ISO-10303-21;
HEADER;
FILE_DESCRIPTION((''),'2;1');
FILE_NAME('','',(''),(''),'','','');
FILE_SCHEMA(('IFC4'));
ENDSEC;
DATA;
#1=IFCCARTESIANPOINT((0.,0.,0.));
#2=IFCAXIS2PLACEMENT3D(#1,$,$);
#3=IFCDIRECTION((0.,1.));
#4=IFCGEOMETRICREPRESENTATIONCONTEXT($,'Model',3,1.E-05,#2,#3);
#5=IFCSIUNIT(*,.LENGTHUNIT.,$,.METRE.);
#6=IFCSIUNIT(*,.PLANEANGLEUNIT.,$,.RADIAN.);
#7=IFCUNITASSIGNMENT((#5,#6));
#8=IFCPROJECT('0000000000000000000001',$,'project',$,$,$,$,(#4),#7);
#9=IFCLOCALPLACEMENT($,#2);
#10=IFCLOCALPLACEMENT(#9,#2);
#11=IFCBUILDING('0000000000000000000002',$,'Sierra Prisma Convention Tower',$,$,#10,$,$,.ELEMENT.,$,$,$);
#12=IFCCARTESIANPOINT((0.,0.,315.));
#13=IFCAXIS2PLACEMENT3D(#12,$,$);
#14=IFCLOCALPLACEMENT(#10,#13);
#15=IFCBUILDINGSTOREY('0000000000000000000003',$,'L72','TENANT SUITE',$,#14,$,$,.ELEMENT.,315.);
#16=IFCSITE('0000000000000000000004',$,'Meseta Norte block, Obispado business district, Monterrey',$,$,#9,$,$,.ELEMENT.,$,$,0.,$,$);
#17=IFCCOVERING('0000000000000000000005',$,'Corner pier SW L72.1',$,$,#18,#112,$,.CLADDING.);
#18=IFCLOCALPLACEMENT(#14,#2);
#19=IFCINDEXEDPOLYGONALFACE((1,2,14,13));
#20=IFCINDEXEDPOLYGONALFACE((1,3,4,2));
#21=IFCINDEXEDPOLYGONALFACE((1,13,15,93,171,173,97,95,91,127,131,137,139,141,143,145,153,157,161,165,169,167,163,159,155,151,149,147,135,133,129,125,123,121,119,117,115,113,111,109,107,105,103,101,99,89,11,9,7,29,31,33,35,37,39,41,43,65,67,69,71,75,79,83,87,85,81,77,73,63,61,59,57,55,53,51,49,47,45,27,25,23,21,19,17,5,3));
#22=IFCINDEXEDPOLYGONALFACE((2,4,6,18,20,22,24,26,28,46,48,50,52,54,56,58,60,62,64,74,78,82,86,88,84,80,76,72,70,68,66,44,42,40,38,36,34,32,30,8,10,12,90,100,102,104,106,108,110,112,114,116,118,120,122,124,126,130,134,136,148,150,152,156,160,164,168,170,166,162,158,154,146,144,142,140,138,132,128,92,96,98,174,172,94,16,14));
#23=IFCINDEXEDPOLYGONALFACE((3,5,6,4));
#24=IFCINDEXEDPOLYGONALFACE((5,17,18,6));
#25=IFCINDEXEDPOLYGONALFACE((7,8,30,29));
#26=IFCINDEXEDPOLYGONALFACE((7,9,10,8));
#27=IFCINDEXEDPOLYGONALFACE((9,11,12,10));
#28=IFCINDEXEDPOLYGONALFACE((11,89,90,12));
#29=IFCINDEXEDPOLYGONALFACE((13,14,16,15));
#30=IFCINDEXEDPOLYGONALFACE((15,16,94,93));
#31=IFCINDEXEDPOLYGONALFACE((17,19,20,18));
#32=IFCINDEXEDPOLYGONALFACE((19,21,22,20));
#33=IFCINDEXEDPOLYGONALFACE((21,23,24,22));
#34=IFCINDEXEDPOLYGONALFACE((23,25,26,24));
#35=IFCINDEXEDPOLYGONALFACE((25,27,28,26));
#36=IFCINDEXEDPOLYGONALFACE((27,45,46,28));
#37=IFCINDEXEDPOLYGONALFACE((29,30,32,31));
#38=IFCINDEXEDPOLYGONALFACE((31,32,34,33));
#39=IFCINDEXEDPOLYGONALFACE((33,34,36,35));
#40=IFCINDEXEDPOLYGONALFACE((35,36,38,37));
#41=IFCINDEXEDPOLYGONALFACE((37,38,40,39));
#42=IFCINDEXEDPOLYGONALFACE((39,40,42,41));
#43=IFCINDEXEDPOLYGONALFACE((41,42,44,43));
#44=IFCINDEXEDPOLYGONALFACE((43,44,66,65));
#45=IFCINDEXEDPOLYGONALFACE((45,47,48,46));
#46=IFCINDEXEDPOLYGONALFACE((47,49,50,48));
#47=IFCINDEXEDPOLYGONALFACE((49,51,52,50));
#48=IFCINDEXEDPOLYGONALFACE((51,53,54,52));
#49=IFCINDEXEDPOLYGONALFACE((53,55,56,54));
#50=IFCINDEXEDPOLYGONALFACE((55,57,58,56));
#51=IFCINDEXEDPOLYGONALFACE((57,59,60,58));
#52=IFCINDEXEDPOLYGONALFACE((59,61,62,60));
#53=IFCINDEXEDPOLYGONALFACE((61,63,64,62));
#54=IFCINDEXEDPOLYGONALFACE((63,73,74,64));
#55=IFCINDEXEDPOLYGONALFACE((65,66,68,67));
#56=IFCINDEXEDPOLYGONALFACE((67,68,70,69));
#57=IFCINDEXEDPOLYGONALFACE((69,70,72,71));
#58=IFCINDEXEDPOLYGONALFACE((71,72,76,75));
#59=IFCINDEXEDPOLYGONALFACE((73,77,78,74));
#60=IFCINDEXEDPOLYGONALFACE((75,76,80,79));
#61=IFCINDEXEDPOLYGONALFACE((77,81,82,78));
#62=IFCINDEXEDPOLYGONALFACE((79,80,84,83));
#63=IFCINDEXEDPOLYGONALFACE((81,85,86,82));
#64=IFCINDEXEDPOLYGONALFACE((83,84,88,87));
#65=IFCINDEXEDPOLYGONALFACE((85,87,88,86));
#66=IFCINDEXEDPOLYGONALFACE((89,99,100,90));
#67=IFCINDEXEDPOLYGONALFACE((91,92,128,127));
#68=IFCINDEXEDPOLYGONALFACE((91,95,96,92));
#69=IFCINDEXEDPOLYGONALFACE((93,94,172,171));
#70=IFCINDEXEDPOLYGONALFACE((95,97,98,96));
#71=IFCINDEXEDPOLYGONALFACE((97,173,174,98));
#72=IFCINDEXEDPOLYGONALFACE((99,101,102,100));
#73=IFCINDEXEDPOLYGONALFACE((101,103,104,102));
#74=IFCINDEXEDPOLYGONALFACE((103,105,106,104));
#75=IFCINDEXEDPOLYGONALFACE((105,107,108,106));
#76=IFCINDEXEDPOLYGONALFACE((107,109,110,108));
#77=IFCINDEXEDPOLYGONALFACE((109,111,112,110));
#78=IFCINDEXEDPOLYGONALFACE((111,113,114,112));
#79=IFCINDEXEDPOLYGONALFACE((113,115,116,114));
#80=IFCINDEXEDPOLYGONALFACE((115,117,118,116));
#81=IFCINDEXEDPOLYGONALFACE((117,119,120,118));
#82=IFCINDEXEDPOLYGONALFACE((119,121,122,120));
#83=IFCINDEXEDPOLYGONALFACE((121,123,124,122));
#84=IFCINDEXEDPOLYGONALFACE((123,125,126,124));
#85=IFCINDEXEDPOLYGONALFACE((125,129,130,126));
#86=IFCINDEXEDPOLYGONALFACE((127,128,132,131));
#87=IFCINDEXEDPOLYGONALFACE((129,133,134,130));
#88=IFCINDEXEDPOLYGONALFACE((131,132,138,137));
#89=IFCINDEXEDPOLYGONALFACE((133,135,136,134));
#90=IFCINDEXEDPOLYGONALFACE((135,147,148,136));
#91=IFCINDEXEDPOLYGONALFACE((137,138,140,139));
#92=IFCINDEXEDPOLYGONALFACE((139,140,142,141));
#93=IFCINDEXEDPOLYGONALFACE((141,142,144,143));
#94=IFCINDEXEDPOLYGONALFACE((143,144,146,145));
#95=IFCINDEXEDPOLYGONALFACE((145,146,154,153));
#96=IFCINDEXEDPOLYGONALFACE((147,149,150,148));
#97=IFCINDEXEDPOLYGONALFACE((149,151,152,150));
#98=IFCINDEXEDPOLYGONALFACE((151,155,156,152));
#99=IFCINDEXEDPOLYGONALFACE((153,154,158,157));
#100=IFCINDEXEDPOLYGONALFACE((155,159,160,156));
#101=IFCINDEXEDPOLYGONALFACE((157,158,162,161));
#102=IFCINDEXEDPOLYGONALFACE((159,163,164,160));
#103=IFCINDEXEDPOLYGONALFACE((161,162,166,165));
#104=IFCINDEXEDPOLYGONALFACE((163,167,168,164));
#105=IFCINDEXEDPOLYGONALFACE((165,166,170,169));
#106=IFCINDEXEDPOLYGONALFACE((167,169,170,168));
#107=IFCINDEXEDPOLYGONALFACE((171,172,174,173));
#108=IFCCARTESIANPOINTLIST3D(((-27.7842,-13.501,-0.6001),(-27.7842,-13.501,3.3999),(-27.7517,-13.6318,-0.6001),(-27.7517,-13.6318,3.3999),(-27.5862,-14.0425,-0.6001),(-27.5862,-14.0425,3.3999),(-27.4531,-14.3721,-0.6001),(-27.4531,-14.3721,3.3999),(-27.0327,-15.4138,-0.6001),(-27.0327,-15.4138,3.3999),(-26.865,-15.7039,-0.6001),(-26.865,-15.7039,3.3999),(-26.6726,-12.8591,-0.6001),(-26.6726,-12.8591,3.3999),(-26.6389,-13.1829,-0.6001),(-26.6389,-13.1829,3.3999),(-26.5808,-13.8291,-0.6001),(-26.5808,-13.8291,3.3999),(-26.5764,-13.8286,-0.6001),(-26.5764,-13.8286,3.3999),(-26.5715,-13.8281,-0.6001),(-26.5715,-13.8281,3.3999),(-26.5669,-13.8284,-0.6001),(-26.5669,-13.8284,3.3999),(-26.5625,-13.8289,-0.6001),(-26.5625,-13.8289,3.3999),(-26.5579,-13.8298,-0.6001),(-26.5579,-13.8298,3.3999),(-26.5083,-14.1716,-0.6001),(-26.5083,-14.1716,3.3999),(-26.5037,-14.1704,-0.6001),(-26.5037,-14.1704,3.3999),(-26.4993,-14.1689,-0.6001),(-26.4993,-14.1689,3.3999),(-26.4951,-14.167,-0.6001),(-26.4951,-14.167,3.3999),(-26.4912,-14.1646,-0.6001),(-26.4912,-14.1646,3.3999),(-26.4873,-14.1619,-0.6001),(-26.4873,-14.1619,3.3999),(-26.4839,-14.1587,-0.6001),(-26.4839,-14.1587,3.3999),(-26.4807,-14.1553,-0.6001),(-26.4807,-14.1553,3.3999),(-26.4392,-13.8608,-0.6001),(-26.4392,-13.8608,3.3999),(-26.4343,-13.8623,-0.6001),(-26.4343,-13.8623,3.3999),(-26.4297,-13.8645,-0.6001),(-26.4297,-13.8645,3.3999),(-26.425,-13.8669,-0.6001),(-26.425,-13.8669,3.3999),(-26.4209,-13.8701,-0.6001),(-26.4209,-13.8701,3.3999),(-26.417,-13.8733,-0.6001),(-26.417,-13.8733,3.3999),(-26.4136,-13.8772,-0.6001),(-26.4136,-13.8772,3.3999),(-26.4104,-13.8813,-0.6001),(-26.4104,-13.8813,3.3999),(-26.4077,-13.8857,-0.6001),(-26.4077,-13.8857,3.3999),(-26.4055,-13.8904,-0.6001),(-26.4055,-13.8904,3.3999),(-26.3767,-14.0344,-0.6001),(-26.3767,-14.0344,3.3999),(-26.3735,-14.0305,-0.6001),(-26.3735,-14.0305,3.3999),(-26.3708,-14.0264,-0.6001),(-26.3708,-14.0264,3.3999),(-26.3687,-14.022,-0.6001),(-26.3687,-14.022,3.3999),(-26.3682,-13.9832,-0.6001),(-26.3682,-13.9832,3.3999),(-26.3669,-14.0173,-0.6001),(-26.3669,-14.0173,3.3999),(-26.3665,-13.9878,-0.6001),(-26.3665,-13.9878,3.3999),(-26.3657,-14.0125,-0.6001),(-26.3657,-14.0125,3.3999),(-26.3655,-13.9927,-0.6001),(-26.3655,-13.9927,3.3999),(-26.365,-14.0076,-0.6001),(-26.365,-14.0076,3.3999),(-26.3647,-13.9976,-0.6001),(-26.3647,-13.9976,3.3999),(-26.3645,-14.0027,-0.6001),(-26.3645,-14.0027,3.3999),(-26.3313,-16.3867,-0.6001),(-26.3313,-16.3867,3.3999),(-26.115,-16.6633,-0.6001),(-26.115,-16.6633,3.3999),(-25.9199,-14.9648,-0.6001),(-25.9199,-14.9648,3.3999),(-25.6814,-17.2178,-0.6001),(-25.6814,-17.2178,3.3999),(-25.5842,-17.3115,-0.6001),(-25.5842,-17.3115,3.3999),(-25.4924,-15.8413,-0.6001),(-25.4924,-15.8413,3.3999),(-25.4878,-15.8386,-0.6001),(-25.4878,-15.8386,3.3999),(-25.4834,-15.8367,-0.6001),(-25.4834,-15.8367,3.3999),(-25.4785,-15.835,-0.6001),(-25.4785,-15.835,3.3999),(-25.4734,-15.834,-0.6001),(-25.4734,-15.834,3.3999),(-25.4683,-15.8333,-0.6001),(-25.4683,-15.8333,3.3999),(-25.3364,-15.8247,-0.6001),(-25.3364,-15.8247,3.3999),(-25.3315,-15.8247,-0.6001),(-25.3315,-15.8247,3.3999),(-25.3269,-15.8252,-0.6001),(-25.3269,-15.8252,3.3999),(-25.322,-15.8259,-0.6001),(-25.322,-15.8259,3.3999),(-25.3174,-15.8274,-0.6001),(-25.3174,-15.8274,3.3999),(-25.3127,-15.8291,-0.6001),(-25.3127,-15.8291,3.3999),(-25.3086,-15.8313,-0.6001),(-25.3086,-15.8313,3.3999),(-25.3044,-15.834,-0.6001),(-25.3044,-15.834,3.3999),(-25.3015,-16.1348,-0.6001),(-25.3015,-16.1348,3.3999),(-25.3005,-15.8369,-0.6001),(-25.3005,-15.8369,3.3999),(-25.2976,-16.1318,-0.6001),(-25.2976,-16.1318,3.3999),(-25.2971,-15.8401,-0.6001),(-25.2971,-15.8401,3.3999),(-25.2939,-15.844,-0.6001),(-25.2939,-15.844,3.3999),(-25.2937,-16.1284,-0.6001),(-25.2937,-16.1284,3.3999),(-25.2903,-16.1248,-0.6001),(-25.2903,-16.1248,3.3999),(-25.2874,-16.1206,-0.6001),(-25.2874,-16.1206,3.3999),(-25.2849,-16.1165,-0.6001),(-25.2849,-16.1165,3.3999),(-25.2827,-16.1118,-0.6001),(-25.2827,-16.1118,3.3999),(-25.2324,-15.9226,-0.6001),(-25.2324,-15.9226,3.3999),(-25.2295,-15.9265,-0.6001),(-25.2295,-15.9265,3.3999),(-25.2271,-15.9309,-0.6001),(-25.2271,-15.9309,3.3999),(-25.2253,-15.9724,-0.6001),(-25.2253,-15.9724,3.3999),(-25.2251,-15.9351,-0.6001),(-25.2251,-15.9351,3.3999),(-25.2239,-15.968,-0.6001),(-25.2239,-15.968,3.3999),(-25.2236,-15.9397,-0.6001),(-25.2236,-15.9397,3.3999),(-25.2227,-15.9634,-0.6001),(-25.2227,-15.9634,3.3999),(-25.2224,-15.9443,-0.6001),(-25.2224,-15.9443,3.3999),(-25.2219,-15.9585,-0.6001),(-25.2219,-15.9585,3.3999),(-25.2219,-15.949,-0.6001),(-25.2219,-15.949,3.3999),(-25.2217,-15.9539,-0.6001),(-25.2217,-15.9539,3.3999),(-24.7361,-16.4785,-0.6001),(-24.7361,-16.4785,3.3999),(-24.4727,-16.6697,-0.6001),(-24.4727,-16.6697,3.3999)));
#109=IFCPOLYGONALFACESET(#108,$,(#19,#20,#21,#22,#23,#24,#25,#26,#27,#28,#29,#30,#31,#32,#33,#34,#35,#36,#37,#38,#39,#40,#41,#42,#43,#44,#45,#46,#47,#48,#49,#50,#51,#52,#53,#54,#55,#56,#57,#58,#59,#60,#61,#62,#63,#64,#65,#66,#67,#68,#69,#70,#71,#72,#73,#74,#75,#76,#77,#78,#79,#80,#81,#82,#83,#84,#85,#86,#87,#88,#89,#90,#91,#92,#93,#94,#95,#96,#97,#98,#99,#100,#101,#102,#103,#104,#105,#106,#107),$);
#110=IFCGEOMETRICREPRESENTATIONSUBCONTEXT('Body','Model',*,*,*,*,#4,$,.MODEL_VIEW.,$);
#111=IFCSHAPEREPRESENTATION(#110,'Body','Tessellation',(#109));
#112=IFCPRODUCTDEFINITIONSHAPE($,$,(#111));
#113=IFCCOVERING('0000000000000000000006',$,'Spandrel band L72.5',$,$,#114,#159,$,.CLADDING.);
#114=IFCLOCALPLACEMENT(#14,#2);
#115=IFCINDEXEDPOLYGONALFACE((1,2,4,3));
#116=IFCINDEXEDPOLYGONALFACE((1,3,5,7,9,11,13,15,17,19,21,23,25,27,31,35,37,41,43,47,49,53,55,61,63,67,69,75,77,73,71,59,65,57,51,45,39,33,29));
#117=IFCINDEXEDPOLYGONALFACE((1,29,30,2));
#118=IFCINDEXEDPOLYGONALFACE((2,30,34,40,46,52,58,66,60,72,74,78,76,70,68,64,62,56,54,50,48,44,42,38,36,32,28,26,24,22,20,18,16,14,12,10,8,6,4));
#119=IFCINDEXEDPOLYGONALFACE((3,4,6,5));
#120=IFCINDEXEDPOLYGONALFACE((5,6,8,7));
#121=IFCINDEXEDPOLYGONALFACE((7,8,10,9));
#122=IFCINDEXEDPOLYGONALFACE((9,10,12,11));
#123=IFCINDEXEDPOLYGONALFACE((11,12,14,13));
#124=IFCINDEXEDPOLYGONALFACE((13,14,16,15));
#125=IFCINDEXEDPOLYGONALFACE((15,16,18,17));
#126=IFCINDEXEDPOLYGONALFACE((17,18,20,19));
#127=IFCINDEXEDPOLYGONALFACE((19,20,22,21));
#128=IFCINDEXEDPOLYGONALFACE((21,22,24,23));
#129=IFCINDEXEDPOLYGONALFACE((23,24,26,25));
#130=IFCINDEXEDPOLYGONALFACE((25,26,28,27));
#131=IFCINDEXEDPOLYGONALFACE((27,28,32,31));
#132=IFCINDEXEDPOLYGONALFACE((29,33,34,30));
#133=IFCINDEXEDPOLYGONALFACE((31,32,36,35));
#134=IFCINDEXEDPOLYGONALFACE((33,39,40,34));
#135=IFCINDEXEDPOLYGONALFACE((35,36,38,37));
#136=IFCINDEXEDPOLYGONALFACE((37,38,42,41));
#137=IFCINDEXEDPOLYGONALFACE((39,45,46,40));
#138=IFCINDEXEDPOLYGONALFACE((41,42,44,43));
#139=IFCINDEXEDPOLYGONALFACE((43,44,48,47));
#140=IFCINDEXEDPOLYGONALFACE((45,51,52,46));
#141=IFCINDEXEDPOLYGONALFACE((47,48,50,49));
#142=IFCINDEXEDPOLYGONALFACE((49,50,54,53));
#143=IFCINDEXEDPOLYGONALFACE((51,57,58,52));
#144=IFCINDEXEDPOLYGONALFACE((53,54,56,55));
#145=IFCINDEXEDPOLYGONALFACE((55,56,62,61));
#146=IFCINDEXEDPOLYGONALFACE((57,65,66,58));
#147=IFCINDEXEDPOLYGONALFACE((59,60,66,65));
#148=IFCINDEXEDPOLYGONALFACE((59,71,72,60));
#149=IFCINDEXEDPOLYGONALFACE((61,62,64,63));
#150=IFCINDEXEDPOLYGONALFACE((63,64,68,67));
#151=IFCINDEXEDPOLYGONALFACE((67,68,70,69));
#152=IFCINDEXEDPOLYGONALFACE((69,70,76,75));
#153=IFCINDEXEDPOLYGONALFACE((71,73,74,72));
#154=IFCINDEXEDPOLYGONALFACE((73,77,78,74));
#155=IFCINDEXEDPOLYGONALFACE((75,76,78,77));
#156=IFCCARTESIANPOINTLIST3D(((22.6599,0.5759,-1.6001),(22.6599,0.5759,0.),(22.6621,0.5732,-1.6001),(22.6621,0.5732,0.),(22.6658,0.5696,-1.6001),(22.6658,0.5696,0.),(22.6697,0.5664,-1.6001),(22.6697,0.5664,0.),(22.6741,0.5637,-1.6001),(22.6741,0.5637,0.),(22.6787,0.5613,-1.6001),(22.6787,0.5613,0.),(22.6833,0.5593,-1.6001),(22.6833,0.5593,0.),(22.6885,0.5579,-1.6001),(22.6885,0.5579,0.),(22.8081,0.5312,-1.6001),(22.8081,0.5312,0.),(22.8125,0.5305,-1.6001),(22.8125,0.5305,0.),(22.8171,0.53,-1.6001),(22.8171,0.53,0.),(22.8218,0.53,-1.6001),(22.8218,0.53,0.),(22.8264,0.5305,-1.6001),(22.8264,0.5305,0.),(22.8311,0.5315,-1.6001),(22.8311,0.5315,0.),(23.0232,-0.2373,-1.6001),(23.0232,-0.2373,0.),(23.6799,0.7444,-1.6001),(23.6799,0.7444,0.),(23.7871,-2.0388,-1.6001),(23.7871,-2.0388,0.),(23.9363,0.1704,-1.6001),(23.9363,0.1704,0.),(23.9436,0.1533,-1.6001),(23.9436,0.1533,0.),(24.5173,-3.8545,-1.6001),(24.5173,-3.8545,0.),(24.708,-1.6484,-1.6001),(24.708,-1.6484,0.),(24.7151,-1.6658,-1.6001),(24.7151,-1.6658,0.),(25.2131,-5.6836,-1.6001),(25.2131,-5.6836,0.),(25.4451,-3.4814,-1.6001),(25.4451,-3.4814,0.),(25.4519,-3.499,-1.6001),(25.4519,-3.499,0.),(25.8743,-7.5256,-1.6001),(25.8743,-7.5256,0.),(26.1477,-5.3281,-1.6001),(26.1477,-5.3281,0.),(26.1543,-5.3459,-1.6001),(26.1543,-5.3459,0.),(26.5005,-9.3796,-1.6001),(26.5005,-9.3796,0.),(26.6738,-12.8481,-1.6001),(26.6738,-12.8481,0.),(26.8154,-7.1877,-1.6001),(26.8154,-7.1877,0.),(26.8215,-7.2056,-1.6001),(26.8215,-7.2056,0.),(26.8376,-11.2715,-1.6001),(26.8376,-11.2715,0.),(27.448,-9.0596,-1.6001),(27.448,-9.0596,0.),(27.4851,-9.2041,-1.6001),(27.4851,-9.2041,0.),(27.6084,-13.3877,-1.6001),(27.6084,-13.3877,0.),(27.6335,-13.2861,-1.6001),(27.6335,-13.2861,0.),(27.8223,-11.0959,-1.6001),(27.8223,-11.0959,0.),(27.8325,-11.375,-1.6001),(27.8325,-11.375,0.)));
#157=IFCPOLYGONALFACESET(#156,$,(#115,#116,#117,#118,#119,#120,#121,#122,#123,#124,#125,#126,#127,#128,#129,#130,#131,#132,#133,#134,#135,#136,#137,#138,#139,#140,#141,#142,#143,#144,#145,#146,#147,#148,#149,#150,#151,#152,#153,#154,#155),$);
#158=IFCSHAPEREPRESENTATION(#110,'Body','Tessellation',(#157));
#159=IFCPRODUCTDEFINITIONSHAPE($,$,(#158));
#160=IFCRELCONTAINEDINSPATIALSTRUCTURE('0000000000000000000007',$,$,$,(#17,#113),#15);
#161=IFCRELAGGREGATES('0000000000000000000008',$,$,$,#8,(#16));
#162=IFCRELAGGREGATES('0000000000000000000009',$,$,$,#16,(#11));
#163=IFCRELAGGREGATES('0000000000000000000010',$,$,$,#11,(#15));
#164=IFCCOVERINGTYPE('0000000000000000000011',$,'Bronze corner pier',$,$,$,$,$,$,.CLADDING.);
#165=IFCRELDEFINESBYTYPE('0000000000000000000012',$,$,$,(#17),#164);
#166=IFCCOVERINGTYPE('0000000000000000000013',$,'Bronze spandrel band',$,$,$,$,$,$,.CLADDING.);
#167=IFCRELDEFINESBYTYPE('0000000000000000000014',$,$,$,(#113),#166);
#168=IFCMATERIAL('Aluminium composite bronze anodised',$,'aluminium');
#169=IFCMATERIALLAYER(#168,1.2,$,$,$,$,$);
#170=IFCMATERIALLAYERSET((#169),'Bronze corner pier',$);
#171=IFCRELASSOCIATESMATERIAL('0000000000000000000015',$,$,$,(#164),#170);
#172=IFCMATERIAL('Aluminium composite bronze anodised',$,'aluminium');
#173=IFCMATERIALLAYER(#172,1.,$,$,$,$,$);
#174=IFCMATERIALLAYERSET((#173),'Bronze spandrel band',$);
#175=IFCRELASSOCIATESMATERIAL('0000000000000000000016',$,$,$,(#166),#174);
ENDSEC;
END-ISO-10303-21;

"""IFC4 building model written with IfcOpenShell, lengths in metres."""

from ifc_helpers import new_model, si_unit, direction, frame, origin, place, context, subcontext, project, spatial, polyline, outline, extrude, material, layer, layer_set, type_object, element, save


model = new_model("IFC4")

# Units and contexts
model_context = context("Model", 3, precision=1e-05, world=origin(), true_north=direction((0.0, 1.0)))
body_context = subcontext(model_context, "Body", "Model", "MODEL_VIEW")
ifc_project = project(units=[si_unit("LENGTHUNIT", "METRE"), si_unit("PLANEANGLEUNIT", "RADIAN")], contexts=[model_context])

# Site, building, storey
site_placement = place(None, origin())
site = spatial("IfcSite", under=ifc_project, at=site_placement, Name="Meseta Norte block, Obispado business district, Monterrey", CompositionType="ELEMENT", RefElevation=0.0)
building_placement = place(site_placement, origin())
building = spatial("IfcBuilding", under=site, at=building_placement, Name="Sierra Prisma Convention Tower", CompositionType="ELEMENT")
storey_placement = place(building_placement, frame((0.0, 0.0, 315.0)))
storey = spatial("IfcBuildingStorey", under=building, at=storey_placement, Name="L72", Description="TENANT SUITE", CompositionType="ELEMENT", Elevation=315.0)

# Coverings
ifc_material_1 = material(Name="Aluminium composite bronze anodised", Category="aluminium")
ifc_layer_1 = layer(ifc_material_1, 1.2)
ifc_layer_set_1 = layer_set([ifc_layer_1], Name="Bronze corner pier")
covering_type_1 = type_object("IfcCoveringType", Name="Bronze corner pier", PredefinedType="CLADDING", material=ifc_layer_set_1)
covering_1_placement = place(storey_placement, frame((0.0, 0.0, -0.6001)))
element("IfcCovering", 1, at=covering_1_placement, inside=storey, type_object=covering_type_1, Name="Corner pier SW L72.1", PredefinedType="CLADDING", context=body_context, shape_type="SweptSolid", body=[
    extrude(outline(polyline([(-26.6726, -12.8591), (-26.6389, -13.1829), (-25.9199, -14.9648), (-24.7361, -16.4785), (-24.4727, -16.6697), (-25.5842, -17.3115), (-25.6814, -17.2178), (-26.115, -16.6633), (-25.3015, -16.1348), (-25.2976, -16.1318), (-25.2937, -16.1284), (-25.2903, -16.1248), (-25.2874, -16.1206), (-25.2849, -16.1165), (-25.2827, -16.1118), (-25.2253, -15.9724), (-25.2239, -15.968), (-25.2227, -15.9634), (-25.2219, -15.9585), (-25.2217, -15.9539), (-25.2219, -15.949), (-25.2224, -15.9443), (-25.2236, -15.9397), (-25.2251, -15.9351), (-25.2271, -15.9309), (-25.2295, -15.9265), (-25.2324, -15.9226), (-25.2939, -15.844), (-25.2971, -15.8401), (-25.3005, -15.8369), (-25.3044, -15.834), (-25.3086, -15.8313), (-25.3127, -15.8291), (-25.3174, -15.8274), (-25.322, -15.8259), (-25.3269, -15.8252), (-25.3315, -15.8247), (-25.3364, -15.8247), (-25.4683, -15.8333), (-25.4734, -15.834), (-25.4785, -15.835), (-25.4834, -15.8367), (-25.4878, -15.8386), (-25.4924, -15.8413), (-26.3313, -16.3867), (-26.865, -15.7039), (-27.0327, -15.4138), (-27.4531, -14.3721), (-26.5083, -14.1716), (-26.5037, -14.1704), (-26.4993, -14.1689), (-26.4951, -14.167), (-26.4912, -14.1646), (-26.4873, -14.1619), (-26.4839, -14.1587), (-26.4807, -14.1553), (-26.3767, -14.0344), (-26.3735, -14.0305), (-26.3708, -14.0264), (-26.3687, -14.022), (-26.3669, -14.0173), (-26.3657, -14.0125), (-26.365, -14.0076), (-26.3645, -14.0027), (-26.3647, -13.9976), (-26.3655, -13.9927), (-26.3665, -13.9878), (-26.3682, -13.9832), (-26.4055, -13.8904), (-26.4077, -13.8857), (-26.4104, -13.8813), (-26.4136, -13.8772), (-26.417, -13.8733), (-26.4209, -13.8701), (-26.425, -13.8669), (-26.4297, -13.8645), (-26.4343, -13.8623), (-26.4392, -13.8608), (-26.5579, -13.8298), (-26.5625, -13.8289), (-26.5669, -13.8284), (-26.5715, -13.8281), (-26.5764, -13.8286), (-26.5808, -13.8291), (-27.5862, -14.0425), (-27.7517, -13.6318), (-27.7842, -13.501), (-26.6726, -12.8591)])), origin(), (0.0, 0.0, 1.0), 4.0),
])
ifc_material_2 = material(Name="Aluminium composite bronze anodised", Category="aluminium")
ifc_layer_2 = layer(ifc_material_2, 1.0)
ifc_layer_set_2 = layer_set([ifc_layer_2], Name="Bronze spandrel band")
covering_type_2 = type_object("IfcCoveringType", Name="Bronze spandrel band", PredefinedType="CLADDING", material=ifc_layer_set_2)
covering_2_placement = place(storey_placement, frame((0.0, 0.0, -1.6001)))
element("IfcCovering", 2, at=covering_2_placement, inside=storey, type_object=covering_type_2, Name="Spandrel band L72.5", PredefinedType="CLADDING", context=body_context, shape_type="SweptSolid", body=[
    extrude(outline(polyline([(27.8325, -11.375), (27.6335, -13.2861), (27.6084, -13.3877), (26.6738, -12.8481), (26.8376, -11.2715), (26.5005, -9.3796), (25.8743, -7.5256), (25.2131, -5.6836), (24.5173, -3.8545), (23.7871, -2.0388), (23.0232, -0.2373), (22.6599, 0.5759), (22.6621, 0.5732), (22.6658, 0.5696), (22.6697, 0.5664), (22.6741, 0.5637), (22.6787, 0.5613), (22.6833, 0.5593), (22.6885, 0.5579), (22.8081, 0.5312), (22.8125, 0.5305), (22.8171, 0.53), (22.8218, 0.53), (22.8264, 0.5305), (22.8311, 0.5315), (23.6799, 0.7444), (23.9363, 0.1704), (23.9436, 0.1533), (24.708, -1.6484), (24.7151, -1.6658), (25.4451, -3.4814), (25.4519, -3.499), (26.1477, -5.3281), (26.1543, -5.3459), (26.8154, -7.1877), (26.8215, -7.2056), (27.448, -9.0596), (27.4851, -9.2041), (27.8223, -11.0959), (27.8325, -11.375)])), origin(), (0.0, 0.0, 1.0), 1.6001),
])

save(model, "model.ifc")
